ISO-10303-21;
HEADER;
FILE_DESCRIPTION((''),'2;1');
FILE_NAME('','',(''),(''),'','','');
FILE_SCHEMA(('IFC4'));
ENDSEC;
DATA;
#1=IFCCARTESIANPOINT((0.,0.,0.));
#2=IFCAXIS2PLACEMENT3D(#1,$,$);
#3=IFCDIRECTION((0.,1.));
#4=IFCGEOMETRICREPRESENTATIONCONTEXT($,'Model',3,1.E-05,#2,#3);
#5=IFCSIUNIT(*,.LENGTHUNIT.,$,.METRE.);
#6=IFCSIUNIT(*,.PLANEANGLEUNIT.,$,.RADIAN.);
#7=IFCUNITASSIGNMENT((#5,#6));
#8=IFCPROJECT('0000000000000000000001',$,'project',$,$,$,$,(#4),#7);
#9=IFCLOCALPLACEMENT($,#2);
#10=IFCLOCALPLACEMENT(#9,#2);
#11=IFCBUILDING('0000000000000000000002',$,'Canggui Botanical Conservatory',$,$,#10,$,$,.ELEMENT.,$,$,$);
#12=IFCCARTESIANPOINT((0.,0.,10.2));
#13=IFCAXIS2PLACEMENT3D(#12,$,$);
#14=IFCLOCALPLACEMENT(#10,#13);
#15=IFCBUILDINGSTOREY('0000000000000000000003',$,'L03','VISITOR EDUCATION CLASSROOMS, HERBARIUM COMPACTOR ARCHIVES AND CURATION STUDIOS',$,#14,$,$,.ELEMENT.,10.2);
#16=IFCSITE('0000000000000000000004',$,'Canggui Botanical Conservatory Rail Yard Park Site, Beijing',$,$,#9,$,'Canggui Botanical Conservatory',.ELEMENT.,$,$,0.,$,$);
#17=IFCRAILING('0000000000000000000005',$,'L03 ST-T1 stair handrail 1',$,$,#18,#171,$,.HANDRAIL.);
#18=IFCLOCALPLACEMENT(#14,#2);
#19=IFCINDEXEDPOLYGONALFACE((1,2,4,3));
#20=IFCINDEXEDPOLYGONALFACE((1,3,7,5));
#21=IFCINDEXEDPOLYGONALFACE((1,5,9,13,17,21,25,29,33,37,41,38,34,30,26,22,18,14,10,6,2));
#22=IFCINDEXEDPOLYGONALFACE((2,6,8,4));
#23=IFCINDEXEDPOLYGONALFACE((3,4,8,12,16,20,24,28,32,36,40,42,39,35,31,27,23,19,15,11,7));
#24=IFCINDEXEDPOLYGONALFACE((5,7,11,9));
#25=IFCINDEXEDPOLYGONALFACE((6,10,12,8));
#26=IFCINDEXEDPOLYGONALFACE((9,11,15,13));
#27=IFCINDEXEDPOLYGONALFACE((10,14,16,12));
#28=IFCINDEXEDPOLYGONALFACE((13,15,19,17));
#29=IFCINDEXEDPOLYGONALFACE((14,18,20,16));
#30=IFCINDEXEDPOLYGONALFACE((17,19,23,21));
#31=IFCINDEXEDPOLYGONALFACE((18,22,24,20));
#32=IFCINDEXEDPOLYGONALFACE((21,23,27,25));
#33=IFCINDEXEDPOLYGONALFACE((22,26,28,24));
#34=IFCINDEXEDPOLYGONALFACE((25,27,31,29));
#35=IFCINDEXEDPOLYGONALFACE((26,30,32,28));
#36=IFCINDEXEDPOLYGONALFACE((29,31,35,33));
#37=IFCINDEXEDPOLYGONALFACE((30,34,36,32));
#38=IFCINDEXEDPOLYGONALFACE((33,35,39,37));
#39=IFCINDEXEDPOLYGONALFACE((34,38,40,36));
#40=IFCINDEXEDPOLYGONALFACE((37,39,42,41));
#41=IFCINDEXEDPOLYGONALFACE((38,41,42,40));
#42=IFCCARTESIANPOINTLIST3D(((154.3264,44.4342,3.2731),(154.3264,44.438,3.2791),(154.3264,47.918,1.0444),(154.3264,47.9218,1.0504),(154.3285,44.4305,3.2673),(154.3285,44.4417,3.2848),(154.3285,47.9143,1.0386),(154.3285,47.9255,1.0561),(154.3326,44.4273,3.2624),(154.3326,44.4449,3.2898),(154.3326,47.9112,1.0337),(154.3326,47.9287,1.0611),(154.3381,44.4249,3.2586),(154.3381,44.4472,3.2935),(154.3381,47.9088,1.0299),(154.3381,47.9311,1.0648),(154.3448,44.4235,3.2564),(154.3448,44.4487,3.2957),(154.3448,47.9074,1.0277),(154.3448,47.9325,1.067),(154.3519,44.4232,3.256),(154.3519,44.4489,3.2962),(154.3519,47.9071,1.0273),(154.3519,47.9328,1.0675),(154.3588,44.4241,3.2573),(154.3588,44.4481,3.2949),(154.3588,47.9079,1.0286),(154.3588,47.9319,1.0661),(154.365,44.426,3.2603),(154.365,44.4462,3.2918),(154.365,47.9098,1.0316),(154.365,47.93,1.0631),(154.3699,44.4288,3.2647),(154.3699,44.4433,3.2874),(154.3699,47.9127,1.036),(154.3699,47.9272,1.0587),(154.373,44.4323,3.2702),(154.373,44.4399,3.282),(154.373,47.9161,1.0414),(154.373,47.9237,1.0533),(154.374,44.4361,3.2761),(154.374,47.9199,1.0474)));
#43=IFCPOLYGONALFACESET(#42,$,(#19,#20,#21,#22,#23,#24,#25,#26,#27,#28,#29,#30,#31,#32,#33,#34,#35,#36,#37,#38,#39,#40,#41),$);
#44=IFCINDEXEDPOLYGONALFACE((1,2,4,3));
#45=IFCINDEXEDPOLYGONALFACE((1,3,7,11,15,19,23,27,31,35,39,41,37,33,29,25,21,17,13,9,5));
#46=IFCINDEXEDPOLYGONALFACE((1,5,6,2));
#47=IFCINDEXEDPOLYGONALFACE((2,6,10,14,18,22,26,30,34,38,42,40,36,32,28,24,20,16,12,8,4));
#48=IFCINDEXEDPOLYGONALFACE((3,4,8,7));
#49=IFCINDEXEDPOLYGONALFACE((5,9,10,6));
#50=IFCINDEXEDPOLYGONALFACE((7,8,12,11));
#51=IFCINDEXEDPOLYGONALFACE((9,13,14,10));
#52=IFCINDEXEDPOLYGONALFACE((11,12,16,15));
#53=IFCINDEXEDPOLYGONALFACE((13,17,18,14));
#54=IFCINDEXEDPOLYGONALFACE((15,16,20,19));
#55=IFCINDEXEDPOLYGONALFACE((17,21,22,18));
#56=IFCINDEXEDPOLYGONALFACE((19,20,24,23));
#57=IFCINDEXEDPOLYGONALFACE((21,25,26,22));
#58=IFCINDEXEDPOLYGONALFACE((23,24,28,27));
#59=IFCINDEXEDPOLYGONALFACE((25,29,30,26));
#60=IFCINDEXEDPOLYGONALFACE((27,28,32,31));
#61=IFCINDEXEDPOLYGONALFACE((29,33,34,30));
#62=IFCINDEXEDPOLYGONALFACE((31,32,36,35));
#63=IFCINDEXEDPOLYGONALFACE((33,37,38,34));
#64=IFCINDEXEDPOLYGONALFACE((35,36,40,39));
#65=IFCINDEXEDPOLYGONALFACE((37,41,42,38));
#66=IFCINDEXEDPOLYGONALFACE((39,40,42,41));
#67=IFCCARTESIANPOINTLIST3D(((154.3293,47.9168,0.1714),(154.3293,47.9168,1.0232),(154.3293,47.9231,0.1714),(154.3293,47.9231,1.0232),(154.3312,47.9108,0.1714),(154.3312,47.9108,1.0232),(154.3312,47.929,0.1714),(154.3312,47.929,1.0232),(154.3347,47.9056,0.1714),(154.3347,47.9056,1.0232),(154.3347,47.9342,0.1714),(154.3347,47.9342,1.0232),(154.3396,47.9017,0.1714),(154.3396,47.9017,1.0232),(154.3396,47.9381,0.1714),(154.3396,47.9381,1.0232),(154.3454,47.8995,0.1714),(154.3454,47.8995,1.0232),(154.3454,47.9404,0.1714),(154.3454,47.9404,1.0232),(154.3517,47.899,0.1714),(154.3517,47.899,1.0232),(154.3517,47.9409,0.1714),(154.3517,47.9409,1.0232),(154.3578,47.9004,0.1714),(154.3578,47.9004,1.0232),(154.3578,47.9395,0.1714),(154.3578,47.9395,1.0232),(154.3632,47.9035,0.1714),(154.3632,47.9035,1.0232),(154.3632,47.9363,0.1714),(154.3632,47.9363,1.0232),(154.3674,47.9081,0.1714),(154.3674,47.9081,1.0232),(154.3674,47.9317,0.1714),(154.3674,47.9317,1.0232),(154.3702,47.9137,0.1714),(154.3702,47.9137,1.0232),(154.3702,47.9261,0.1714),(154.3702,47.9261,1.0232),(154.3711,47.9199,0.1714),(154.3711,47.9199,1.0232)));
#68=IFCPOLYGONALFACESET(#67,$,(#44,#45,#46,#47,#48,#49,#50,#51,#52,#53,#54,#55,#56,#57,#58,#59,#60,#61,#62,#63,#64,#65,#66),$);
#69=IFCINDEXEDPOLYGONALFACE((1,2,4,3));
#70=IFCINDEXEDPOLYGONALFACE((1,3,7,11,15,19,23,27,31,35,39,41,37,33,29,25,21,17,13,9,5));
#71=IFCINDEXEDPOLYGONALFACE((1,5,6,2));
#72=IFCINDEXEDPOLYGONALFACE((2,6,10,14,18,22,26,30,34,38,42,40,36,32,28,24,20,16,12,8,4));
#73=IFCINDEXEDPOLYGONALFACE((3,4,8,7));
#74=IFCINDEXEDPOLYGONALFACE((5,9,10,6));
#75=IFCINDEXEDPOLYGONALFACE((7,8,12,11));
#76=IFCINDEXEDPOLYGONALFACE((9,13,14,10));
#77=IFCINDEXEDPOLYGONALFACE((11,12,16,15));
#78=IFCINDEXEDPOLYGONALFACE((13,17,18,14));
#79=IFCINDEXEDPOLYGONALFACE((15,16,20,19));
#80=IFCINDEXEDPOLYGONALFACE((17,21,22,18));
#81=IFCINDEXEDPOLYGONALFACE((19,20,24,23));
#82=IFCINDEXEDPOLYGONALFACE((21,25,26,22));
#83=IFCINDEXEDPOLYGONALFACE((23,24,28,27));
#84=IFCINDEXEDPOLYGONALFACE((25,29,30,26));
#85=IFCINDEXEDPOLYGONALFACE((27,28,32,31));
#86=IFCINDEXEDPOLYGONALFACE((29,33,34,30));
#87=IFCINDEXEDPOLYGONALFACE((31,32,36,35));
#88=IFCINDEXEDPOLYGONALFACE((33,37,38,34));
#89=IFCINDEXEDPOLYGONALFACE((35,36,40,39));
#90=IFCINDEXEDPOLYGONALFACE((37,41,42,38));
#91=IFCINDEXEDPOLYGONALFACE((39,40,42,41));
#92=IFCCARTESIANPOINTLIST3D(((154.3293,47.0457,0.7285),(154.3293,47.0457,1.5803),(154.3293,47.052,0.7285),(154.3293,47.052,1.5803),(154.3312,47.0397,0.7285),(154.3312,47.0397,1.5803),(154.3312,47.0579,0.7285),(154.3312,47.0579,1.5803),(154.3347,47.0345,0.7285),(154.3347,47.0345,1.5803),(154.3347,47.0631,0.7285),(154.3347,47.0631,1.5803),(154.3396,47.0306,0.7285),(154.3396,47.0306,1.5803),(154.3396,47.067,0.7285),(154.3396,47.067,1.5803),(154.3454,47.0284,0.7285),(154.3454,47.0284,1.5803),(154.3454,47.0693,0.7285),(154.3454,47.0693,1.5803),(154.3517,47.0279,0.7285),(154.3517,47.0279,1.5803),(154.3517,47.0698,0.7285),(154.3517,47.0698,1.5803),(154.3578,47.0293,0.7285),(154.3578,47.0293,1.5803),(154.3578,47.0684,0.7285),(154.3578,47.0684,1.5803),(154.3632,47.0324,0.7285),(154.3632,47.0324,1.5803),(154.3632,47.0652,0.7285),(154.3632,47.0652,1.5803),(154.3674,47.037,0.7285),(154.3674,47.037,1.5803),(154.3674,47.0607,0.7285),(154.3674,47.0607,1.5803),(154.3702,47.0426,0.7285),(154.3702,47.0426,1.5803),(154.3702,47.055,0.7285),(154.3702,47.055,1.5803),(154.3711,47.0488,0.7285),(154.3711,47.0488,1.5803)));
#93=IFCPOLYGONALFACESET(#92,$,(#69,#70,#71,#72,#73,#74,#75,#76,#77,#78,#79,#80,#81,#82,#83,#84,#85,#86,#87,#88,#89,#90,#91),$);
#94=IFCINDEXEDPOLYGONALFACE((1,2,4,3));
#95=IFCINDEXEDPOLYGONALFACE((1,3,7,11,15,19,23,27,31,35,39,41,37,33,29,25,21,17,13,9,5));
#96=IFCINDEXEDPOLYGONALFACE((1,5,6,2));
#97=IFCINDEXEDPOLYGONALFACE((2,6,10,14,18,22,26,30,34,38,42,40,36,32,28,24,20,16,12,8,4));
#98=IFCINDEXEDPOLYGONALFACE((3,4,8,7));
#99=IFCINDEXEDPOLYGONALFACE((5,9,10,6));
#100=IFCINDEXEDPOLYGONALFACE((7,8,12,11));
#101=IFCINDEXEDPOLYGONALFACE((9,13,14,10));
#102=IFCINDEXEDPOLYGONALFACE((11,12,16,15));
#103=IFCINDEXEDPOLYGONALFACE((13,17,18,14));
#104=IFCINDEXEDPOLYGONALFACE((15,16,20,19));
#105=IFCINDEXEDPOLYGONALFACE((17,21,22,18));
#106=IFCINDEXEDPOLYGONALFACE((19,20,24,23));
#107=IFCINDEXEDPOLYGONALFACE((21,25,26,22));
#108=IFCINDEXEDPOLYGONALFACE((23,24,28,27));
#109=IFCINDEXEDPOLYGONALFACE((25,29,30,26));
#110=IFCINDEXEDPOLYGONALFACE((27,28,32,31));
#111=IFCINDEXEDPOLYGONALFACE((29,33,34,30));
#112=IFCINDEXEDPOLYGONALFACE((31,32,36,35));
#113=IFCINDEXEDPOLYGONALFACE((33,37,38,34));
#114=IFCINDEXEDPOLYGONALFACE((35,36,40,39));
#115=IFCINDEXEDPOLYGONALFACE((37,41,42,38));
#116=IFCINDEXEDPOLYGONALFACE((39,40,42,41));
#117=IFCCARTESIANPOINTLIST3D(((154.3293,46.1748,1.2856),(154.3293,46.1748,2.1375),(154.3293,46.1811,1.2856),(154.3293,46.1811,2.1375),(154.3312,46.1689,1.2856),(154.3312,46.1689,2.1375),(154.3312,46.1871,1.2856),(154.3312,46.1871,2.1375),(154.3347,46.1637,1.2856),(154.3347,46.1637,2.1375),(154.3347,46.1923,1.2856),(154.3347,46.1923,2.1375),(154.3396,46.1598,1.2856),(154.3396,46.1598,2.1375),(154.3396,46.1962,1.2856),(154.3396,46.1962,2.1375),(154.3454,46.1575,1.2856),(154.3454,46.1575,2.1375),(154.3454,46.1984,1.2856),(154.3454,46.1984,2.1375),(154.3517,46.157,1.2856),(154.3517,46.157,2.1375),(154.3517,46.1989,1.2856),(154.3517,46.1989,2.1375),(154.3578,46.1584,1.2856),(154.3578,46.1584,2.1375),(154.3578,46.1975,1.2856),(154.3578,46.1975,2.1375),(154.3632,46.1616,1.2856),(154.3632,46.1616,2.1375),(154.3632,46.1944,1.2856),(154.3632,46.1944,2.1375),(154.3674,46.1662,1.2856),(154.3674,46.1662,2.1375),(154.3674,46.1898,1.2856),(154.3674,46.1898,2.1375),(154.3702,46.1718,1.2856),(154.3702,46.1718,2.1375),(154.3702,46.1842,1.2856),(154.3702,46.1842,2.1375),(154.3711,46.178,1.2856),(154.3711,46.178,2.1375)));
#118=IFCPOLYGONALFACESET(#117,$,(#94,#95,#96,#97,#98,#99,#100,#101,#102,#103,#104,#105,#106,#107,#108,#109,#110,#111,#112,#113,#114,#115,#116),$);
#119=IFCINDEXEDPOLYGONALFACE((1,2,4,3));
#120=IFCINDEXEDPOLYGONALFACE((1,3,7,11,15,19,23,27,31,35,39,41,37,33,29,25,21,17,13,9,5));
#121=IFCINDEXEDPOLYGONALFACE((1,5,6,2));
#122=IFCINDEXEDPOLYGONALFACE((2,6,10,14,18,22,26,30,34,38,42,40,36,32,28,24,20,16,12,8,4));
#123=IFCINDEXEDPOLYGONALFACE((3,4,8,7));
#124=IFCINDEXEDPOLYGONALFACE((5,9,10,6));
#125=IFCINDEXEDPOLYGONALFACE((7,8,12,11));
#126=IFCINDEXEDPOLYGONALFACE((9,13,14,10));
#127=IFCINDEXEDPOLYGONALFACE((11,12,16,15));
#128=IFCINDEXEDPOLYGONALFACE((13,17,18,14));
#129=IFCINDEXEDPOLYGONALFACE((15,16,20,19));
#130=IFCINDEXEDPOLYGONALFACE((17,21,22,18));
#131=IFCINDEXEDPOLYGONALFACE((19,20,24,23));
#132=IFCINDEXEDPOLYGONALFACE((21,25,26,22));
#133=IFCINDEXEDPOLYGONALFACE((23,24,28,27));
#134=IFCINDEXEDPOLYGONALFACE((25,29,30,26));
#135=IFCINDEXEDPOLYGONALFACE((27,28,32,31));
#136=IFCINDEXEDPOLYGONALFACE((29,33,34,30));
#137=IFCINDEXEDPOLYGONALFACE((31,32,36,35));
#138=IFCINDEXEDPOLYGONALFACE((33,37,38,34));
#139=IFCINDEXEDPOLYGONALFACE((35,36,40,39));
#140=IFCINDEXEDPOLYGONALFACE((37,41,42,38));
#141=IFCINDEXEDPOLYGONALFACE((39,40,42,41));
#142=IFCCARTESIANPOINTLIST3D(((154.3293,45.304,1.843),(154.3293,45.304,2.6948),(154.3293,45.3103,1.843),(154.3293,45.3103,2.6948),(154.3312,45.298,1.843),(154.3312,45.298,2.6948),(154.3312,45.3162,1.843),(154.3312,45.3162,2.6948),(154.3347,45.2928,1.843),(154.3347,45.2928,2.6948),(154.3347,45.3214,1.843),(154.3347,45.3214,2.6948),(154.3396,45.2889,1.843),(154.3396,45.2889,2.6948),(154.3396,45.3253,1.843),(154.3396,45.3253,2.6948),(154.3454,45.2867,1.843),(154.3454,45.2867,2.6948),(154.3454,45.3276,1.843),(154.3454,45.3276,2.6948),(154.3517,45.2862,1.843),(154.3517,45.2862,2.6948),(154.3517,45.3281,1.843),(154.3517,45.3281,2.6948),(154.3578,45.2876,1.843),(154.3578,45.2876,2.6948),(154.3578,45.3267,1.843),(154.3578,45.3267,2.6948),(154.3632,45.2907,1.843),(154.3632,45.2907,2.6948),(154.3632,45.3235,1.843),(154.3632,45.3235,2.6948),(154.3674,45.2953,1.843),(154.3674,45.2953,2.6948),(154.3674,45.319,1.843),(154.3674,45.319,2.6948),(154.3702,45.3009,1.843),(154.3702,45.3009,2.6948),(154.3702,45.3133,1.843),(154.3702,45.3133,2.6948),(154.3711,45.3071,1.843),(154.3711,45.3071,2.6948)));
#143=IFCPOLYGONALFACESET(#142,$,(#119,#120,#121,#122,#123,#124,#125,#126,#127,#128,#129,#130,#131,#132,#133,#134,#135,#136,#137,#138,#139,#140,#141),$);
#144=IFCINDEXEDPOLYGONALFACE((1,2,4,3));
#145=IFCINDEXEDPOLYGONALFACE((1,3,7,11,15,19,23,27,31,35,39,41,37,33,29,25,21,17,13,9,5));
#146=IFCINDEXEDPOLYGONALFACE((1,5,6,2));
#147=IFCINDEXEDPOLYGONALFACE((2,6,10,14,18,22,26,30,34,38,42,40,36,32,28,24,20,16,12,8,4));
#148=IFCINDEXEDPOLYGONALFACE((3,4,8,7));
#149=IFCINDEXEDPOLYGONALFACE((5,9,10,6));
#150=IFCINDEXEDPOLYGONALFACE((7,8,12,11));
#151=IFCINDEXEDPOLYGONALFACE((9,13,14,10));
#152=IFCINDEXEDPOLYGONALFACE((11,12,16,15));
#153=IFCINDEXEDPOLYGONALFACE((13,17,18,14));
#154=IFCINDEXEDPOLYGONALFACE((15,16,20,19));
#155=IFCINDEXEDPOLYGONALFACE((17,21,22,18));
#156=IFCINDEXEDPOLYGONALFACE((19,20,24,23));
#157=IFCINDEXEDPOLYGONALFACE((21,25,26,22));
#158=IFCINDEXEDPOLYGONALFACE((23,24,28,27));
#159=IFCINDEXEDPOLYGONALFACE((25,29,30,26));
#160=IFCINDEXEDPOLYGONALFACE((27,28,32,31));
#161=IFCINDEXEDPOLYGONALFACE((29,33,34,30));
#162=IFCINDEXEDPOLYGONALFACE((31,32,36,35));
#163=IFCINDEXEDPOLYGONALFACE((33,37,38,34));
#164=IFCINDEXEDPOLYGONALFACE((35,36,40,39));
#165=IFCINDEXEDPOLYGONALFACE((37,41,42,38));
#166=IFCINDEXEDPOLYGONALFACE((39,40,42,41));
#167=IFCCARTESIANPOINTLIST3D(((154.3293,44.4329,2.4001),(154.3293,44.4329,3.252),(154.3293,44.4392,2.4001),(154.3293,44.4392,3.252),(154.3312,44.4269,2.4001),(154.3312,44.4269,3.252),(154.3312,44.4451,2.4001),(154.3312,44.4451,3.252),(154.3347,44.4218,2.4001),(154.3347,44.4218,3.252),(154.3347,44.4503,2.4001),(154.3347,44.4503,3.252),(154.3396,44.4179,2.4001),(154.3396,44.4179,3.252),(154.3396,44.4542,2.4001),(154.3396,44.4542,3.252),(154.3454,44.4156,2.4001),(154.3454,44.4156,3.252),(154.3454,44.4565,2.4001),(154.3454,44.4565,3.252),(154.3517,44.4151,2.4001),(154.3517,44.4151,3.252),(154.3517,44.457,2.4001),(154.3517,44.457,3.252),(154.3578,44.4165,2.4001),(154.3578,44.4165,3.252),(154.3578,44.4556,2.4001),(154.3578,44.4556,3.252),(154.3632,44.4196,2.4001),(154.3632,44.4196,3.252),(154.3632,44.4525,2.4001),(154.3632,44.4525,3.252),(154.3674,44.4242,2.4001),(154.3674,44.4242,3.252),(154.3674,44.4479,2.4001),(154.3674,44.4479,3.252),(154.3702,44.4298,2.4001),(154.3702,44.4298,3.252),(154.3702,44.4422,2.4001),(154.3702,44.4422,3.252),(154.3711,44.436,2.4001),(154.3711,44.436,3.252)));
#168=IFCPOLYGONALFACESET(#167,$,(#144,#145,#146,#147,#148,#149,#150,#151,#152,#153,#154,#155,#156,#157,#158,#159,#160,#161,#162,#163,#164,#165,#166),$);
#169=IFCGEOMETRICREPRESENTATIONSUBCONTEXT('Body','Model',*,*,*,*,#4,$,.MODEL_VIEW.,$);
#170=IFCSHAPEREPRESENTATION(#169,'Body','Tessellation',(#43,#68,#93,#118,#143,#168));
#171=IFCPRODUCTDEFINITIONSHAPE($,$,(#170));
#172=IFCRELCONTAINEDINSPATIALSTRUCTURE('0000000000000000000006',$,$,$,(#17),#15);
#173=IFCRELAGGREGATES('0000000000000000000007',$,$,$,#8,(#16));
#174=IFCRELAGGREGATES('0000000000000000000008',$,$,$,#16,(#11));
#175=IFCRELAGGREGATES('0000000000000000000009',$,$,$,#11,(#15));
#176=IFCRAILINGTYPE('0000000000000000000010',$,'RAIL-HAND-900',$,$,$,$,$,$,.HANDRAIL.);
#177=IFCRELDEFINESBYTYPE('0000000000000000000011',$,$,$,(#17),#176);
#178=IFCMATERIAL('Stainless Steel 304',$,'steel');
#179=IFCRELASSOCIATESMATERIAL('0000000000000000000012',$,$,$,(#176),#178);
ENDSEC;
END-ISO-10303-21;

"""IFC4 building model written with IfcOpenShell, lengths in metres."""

from ifc_helpers import new_model, si_unit, direction, frame, origin, origin_2d, place, context, subcontext, project, spatial, circle, extrude, material, type_object, element, save


model = new_model("IFC4")

# Units and contexts
model_context = context("Model", 3, precision=1e-05, world=origin(), true_north=direction((0.0, 1.0)))
body_context = subcontext(model_context, "Body", "Model", "MODEL_VIEW")
ifc_project = project(units=[si_unit("LENGTHUNIT", "METRE"), si_unit("PLANEANGLEUNIT", "RADIAN")], contexts=[model_context])

# Site, building, storey
site_placement = place(None, origin())
site = spatial("IfcSite", under=ifc_project, at=site_placement, Name="Canggui Botanical Conservatory Rail Yard Park Site, Beijing", LongName="Canggui Botanical Conservatory", CompositionType="ELEMENT", RefElevation=0.0)
building_placement = place(site_placement, origin())
building = spatial("IfcBuilding", under=site, at=building_placement, Name="Canggui Botanical Conservatory", CompositionType="ELEMENT")
storey_placement = place(building_placement, frame((0.0, 0.0, 10.2)))
storey = spatial("IfcBuildingStorey", under=building, at=storey_placement, Name="L03", Description="VISITOR EDUCATION CLASSROOMS, HERBARIUM COMPACTOR ARCHIVES AND CURATION STUDIOS", CompositionType="ELEMENT", Elevation=10.2)

# Railing
ifc_material_1 = material(Name="Stainless Steel 304", Category="steel")
railing_type = type_object("IfcRailingType", Name="RAIL-HAND-900", PredefinedType="HANDRAIL", material=ifc_material_1)
railing_placement = place(storey_placement, frame((154.3501, 47.9199, 0.1714)))
element("IfcRailing", 1, at=railing_placement, inside=storey, type_object=railing_type, Name="L03 ST-T1 stair handrail 1", PredefinedType="HANDRAIL", context=body_context, shape_type="SweptSolid", body=[
    extrude(circle(Radius=0.0239, at=origin_2d()), frame((0.0, 0.0, 0.876), z_axis=(0.0, -0.842373, 0.538895), x_axis=(1.0, 0.0, 0.0)), (0.0, 0.0, 1.0), 4.1357),
    extrude(circle(Radius=0.021, at=origin_2d()), origin(), (0.0, 0.0, 1.0), 0.8518),
    extrude(circle(Radius=0.021, at=origin_2d()), frame((0.0, -0.8711, 0.5571)), (0.0, 0.0, 1.0), 0.8518),
    extrude(circle(Radius=0.021, at=origin_2d()), frame((0.0, -1.7419, 1.1143)), (0.0, 0.0, 1.0), 0.8518),
    extrude(circle(Radius=0.021, at=origin_2d()), frame((0.0, -2.6128, 1.6716)), (0.0, 0.0, 1.0), 0.8518),
    extrude(circle(Radius=0.021, at=origin_2d()), frame((0.0, -3.4839, 2.2288)), (0.0, 0.0, 1.0), 0.8518),
])

save(model, "model.ifc")
